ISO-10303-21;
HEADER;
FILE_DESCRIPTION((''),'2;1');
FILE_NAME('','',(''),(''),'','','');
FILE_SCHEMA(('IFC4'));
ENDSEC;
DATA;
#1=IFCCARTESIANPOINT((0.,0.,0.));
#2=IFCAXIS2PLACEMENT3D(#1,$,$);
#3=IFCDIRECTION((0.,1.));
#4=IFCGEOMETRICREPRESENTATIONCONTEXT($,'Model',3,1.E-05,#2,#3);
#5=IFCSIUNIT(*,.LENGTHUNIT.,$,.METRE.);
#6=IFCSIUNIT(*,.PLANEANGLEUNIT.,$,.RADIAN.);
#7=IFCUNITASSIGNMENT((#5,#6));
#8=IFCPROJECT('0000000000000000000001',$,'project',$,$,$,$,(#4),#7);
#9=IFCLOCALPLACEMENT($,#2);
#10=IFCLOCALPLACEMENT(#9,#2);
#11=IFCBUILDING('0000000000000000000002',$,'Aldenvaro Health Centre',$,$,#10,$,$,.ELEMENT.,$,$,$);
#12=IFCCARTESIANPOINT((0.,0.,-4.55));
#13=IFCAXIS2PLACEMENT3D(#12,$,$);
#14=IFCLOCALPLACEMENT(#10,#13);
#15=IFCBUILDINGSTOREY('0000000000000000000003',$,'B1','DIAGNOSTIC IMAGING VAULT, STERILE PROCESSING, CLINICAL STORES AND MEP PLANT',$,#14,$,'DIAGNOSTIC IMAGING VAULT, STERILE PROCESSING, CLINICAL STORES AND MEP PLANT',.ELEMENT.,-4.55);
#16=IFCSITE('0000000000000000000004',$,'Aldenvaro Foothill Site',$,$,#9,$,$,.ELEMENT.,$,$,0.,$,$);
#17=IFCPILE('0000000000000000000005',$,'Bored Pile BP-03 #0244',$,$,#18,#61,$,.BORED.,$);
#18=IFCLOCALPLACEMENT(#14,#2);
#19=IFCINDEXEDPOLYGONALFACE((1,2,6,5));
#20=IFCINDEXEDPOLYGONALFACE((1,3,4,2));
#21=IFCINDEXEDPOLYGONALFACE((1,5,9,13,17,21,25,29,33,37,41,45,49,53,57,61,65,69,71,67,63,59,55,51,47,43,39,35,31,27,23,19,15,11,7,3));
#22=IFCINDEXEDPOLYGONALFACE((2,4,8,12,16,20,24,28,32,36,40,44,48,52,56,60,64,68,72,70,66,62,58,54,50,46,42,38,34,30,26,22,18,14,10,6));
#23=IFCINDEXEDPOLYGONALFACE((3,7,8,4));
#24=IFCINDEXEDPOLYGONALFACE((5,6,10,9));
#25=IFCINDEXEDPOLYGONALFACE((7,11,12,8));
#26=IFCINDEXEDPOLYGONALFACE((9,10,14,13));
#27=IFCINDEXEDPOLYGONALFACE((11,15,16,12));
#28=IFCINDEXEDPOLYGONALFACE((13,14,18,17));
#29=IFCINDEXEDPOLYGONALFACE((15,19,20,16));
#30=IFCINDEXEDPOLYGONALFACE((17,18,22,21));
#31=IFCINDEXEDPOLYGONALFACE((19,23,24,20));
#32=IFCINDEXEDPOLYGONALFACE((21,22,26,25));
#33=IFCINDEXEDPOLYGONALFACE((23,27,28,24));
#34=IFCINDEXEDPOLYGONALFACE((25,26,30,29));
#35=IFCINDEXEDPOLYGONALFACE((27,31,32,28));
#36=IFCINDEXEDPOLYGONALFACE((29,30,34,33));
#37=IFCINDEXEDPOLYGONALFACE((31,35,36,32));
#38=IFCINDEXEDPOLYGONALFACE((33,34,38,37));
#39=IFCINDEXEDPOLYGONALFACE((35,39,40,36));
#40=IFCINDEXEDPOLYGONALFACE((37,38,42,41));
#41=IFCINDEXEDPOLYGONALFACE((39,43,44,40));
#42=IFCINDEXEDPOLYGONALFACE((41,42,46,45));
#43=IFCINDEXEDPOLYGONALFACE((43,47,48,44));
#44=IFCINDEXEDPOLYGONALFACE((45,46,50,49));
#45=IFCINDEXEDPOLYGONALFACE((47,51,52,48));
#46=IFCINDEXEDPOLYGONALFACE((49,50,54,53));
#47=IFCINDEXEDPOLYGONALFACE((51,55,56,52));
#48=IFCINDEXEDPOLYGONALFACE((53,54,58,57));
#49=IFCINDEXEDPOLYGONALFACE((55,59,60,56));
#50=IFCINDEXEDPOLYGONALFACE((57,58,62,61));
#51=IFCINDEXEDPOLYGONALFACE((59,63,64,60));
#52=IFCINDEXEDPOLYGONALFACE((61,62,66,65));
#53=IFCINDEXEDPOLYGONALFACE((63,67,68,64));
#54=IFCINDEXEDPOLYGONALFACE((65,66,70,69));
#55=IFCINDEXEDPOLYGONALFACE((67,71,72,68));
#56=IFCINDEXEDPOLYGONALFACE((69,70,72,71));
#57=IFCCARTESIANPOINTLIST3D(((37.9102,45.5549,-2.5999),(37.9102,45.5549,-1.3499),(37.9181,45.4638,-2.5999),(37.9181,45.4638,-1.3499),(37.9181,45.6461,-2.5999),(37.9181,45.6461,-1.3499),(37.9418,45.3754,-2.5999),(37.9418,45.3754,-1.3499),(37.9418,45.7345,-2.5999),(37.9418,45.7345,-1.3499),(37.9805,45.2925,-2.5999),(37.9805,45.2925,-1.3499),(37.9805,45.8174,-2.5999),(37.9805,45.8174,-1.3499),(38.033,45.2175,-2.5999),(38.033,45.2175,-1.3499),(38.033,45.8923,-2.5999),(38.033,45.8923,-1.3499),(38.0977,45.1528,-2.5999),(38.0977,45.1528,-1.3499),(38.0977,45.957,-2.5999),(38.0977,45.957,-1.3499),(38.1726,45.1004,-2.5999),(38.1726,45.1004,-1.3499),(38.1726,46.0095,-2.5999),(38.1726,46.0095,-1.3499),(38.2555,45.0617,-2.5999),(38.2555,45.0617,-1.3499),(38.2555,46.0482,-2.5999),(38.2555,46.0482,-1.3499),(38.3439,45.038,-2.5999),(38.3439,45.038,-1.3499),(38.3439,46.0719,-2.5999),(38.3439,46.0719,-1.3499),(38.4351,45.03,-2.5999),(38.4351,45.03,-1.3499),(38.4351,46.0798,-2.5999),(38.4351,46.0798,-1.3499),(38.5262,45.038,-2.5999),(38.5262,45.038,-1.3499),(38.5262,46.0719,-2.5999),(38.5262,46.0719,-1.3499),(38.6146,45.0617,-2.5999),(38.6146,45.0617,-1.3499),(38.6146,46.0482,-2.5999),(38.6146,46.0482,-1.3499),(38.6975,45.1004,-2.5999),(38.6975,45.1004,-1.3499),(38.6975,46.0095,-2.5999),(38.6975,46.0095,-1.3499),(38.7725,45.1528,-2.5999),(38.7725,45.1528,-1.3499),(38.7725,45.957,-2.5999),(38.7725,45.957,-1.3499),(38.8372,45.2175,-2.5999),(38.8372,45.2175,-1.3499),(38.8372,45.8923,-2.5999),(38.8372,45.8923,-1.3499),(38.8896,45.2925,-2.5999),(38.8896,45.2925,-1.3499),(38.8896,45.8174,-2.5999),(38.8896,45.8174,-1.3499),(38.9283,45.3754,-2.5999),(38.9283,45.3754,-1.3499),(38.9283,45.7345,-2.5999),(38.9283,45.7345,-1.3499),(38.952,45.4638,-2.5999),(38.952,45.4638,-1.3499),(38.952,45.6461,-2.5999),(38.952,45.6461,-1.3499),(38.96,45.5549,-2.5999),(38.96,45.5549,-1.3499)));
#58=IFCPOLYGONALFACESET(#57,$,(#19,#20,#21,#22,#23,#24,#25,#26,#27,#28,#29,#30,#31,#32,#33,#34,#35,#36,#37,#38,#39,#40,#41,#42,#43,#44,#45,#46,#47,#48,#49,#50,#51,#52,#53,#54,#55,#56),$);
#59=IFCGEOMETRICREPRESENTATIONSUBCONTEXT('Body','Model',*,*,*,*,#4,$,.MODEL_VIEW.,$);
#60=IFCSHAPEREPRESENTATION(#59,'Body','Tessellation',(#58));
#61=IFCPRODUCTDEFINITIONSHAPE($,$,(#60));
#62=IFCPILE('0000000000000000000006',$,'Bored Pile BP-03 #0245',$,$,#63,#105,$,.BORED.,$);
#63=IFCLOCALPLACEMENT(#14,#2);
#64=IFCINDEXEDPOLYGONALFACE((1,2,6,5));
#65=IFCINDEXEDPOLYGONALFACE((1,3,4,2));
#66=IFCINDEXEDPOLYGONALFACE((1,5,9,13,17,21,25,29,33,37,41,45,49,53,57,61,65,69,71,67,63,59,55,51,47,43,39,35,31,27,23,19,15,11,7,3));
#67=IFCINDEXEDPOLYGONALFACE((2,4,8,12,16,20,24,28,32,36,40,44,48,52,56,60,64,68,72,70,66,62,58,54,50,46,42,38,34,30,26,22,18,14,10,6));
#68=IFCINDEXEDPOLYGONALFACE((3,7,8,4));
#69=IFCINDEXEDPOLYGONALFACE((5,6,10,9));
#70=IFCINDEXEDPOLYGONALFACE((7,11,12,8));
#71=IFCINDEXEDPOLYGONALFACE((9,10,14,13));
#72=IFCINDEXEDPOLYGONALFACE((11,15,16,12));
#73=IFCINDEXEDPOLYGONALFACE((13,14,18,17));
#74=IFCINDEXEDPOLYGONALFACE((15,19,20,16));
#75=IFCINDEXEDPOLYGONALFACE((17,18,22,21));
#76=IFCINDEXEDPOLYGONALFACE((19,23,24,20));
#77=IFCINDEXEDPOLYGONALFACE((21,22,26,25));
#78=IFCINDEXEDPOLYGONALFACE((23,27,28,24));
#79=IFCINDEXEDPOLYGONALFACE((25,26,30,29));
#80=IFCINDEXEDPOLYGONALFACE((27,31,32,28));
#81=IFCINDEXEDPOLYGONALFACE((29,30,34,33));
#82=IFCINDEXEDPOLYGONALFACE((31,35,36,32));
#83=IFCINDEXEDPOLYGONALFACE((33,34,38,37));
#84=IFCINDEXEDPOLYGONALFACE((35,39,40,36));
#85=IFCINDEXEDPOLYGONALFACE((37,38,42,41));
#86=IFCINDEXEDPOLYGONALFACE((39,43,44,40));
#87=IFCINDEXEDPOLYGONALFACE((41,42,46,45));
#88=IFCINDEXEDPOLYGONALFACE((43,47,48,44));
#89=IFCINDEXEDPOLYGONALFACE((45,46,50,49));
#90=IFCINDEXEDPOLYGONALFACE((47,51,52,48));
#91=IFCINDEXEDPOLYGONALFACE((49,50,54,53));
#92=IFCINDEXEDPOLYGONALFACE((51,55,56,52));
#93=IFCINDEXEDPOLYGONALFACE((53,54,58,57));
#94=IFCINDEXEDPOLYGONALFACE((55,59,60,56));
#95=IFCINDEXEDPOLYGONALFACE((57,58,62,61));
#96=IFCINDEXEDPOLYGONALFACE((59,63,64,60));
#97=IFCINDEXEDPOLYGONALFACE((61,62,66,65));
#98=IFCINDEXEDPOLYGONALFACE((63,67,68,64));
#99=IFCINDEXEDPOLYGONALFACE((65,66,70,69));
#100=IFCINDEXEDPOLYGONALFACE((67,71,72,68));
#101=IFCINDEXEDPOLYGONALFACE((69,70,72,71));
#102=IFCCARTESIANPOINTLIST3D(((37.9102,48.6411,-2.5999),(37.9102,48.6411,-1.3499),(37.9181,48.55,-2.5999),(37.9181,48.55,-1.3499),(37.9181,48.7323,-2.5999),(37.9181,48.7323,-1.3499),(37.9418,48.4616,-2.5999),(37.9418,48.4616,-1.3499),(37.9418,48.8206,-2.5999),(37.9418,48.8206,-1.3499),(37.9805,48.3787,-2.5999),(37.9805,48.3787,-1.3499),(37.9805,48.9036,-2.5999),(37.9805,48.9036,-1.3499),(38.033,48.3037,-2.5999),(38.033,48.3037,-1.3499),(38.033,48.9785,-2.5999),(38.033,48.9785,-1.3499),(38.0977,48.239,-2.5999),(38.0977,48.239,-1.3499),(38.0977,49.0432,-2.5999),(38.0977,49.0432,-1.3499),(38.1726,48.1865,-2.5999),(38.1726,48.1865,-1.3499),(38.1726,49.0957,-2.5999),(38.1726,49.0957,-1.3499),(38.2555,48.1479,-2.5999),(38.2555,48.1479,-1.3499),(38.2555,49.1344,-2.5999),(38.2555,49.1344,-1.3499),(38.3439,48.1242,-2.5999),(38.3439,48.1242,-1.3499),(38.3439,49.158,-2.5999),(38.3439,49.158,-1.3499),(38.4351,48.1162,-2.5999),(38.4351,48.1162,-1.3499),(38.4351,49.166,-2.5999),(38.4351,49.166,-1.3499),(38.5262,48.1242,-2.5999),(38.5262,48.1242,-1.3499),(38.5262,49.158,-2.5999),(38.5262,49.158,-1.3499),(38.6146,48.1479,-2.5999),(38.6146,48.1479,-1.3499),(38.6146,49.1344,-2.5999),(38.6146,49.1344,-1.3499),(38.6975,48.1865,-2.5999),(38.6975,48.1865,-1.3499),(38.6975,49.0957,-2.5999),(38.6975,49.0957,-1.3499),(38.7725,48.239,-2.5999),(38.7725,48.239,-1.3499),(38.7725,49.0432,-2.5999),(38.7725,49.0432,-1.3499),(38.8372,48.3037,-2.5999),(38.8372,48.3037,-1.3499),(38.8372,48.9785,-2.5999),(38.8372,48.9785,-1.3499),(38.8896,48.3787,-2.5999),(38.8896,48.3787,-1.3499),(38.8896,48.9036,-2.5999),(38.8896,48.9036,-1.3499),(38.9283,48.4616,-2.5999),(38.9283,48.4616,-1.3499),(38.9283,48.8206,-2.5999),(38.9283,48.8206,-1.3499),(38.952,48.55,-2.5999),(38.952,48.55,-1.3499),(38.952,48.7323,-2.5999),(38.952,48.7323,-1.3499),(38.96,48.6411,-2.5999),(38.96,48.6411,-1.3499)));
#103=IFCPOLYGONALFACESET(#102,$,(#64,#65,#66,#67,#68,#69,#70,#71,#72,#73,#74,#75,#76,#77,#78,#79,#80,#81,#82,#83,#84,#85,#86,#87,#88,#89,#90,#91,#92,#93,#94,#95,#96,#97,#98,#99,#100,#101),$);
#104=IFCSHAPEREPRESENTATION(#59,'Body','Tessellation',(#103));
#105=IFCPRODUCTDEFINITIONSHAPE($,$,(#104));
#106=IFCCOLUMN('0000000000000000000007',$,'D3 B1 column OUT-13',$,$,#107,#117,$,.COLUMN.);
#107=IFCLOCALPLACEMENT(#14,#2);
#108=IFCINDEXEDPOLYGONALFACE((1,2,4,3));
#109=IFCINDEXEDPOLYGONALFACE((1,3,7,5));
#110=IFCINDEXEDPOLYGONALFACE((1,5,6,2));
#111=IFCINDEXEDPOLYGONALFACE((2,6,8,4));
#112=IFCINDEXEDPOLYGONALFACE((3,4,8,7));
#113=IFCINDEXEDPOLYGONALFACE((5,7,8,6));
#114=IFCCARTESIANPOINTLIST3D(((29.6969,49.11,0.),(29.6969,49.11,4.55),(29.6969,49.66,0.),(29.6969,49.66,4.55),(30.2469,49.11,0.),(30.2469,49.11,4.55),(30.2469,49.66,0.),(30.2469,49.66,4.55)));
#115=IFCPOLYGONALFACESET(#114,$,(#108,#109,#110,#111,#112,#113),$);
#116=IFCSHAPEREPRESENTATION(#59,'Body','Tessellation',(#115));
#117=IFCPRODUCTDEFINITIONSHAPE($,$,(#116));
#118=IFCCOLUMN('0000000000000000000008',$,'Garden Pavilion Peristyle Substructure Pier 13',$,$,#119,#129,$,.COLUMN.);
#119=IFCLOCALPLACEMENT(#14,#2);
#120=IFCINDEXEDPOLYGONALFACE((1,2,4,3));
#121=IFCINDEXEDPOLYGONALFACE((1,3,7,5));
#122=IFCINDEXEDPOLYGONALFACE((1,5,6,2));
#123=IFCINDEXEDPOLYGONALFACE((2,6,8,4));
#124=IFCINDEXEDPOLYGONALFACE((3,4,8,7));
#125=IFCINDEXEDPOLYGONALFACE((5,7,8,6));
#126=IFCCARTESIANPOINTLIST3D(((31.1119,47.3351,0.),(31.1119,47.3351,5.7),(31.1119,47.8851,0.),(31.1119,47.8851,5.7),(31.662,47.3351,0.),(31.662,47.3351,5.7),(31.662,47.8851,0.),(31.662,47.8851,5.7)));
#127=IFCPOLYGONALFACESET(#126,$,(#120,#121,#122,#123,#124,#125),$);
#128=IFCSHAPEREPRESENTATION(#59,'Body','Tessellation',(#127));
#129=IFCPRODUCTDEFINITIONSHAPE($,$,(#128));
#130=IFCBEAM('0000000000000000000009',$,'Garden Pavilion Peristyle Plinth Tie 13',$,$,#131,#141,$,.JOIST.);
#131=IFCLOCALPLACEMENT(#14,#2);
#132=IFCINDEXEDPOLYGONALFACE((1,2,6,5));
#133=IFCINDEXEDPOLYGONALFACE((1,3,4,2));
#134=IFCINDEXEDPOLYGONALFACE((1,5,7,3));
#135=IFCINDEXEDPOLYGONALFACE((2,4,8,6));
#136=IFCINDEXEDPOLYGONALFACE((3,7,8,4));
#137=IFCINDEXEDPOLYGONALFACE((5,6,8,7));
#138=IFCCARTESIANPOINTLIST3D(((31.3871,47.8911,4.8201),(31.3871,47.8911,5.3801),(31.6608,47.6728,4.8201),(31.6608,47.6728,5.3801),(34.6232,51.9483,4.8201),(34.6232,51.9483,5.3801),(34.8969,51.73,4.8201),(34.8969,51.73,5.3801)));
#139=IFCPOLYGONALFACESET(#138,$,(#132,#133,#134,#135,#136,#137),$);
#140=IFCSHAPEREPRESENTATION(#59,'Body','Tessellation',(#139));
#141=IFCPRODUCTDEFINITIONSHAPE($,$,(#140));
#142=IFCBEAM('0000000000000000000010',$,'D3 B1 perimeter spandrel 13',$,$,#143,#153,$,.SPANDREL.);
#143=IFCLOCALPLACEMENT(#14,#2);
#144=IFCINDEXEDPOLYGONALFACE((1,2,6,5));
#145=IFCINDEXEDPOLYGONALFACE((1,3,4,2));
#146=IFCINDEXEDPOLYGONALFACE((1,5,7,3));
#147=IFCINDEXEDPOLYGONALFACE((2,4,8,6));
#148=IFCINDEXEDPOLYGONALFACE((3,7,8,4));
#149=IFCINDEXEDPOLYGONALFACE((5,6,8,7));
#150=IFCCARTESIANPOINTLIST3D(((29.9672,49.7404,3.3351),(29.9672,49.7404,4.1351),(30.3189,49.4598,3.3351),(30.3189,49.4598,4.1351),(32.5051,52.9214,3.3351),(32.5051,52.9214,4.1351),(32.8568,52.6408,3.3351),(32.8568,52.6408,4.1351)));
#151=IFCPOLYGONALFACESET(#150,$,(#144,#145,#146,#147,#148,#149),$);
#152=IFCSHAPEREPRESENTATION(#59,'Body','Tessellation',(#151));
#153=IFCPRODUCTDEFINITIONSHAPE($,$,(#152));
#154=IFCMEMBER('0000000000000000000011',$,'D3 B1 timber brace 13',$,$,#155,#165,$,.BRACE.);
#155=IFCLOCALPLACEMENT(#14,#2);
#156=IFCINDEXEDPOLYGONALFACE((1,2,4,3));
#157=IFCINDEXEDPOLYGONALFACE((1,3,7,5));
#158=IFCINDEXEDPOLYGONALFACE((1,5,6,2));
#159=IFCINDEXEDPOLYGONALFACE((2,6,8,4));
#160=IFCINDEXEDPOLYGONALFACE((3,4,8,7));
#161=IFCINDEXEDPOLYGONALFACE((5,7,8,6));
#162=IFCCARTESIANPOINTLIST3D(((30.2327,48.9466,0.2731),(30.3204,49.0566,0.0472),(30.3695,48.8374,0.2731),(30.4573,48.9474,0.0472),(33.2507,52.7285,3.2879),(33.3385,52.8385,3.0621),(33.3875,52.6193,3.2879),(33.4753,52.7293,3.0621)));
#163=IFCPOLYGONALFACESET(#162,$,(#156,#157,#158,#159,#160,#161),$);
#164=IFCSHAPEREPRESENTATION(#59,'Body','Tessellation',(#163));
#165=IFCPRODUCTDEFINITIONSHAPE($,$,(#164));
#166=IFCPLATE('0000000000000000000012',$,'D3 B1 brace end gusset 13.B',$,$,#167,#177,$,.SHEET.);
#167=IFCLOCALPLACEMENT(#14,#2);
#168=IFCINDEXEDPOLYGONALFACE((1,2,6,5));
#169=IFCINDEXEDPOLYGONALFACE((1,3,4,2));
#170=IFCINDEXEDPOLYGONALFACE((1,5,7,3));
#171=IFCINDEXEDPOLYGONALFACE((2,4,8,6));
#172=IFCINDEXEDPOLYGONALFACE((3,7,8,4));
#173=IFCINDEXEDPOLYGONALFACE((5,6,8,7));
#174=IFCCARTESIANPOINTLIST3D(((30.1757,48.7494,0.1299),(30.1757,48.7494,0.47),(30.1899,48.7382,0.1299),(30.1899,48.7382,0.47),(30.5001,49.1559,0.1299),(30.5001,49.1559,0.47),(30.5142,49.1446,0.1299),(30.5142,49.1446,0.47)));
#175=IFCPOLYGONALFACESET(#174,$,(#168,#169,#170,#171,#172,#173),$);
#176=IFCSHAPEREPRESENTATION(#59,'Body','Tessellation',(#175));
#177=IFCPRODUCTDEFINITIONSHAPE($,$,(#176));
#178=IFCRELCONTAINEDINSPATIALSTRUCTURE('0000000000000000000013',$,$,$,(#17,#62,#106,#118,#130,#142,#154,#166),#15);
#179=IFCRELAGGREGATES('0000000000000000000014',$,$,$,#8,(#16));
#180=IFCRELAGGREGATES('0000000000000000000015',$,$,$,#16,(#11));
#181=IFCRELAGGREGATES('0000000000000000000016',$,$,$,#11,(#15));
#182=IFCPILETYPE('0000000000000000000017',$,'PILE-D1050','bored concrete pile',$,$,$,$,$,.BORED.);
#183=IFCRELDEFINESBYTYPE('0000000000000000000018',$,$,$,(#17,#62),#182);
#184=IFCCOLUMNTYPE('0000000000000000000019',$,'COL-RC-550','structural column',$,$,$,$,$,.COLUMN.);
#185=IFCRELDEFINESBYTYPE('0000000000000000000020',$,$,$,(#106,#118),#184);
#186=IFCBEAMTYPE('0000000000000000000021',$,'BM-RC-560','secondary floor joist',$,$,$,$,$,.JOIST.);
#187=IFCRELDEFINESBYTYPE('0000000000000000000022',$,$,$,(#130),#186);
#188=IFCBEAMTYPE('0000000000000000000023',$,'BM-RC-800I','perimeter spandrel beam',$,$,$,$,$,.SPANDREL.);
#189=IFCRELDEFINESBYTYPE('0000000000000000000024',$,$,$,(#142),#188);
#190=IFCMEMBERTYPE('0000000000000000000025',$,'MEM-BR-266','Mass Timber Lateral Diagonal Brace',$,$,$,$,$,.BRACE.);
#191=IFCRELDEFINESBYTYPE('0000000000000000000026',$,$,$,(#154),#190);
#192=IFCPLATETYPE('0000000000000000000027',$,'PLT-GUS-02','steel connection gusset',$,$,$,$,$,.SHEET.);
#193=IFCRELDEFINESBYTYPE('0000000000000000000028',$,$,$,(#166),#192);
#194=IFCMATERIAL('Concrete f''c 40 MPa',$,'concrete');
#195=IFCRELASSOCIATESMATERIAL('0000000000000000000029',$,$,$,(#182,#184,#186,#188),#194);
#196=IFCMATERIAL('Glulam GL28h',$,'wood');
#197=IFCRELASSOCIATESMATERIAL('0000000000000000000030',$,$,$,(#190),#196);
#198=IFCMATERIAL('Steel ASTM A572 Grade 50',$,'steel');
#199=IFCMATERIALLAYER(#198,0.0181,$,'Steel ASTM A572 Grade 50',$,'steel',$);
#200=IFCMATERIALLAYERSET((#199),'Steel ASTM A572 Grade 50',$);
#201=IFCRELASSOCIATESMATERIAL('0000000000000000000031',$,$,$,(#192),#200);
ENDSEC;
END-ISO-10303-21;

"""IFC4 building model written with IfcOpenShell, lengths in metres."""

from ifc_helpers import new_model, si_unit, direction, frame, origin, origin_2d, place, context, subcontext, project, spatial, rectangle, circle, extrude, material, layer, layer_set, material_profile, profile_set, type_object, element, save


model = new_model("IFC4")

# Units and contexts
model_context = context("Model", 3, precision=1e-05, world=origin(), true_north=direction((0.0, 1.0)))
body_context = subcontext(model_context, "Body", "Model", "MODEL_VIEW")
ifc_project = project(units=[si_unit("LENGTHUNIT", "METRE"), si_unit("PLANEANGLEUNIT", "RADIAN")], contexts=[model_context])

# Site, building, storey
site_placement = place(None, origin())
site = spatial("IfcSite", under=ifc_project, at=site_placement, Name="Aldenvaro Foothill Site", CompositionType="ELEMENT", RefElevation=0.0)
building_placement = place(site_placement, origin())
building = spatial("IfcBuilding", under=site, at=building_placement, Name="Aldenvaro Health Centre", CompositionType="ELEMENT")
storey_placement = place(building_placement, frame((0.0, 0.0, -4.55)))
storey = spatial("IfcBuildingStorey", under=building, at=storey_placement, Name="B1", Description="DIAGNOSTIC IMAGING VAULT, STERILE PROCESSING, CLINICAL STORES AND MEP PLANT", LongName="DIAGNOSTIC IMAGING VAULT, STERILE PROCESSING, CLINICAL STORES AND MEP PLANT", CompositionType="ELEMENT", Elevation=-4.55)

# Piles
ifc_material_1 = material(Name="Concrete f'c 40 MPa", Category="concrete")
ifc_material_profile_1 = material_profile(ifc_material_1, circle(Radius=0.5249, at=origin_2d()), Name="PILE D1050", Category="concrete")
ifc_profile_set_1 = profile_set([ifc_material_profile_1], Name="Concrete f'c 40 MPa")
pile_type = type_object("IfcPileType", Name="PILE-D1050", Description="bored concrete pile", PredefinedType="BORED", material=ifc_profile_set_1)
for number, where, z_axis, x_axis, name in (
    (1, (38.4351, 45.5549, -1.3499), (0.0, 0.0, -1.0), (1.0, 0.0, 0.0), "Bored Pile BP-03 #0244"),
    (2, (38.4351, 48.6411, -1.3499), (0.0, 0.0, -1.0), (1.0, 0.0, 0.0), "Bored Pile BP-03 #0245"),
):
    element("IfcPile", number, at=place(storey_placement, frame(where, z_axis=z_axis, x_axis=x_axis)), inside=storey, type_object=pile_type, Name=name, PredefinedType="BORED", context=body_context, shape_type="SweptSolid", body=[
        extrude(circle(Radius=0.5249, at=origin_2d()), origin(), (0.0, 0.0, 1.0), 1.25),
    ])

# Columns
ifc_material_profile_2 = material_profile(ifc_material_1, rectangle(XDim=0.55, YDim=0.55, at=origin_2d()), Name="RC 550x550", Category="concrete")
ifc_profile_set_2 = profile_set([ifc_material_profile_2], Name="Concrete f'c 40 MPa")
column_type = type_object("IfcColumnType", Name="COL-RC-550", Description="structural column", PredefinedType="COLUMN", material=ifc_profile_set_2)
column_1_placement = place(storey_placement, frame((29.9719, 49.385, 0.0), z_axis=(0.0, 0.0, 1.0), x_axis=(1.0, 0.0, 0.0)))
element("IfcColumn", 3, at=column_1_placement, inside=storey, type_object=column_type, Name="D3 B1 column OUT-13", PredefinedType="COLUMN", context=body_context, shape_type="SweptSolid", body=[
    extrude(rectangle(XDim=0.55, YDim=0.55, at=origin_2d()), origin(), (0.0, 0.0, 1.0), 4.55),
])
column_2_placement = place(storey_placement, frame((31.387, 47.6101, 0.0), z_axis=(0.0, 0.0, 1.0), x_axis=(1.0, 0.0, 0.0)))
element("IfcColumn", 4, at=column_2_placement, inside=storey, type_object=column_type, Name="Garden Pavilion Peristyle Substructure Pier 13", PredefinedType="COLUMN", context=body_context, shape_type="SweptSolid", body=[
    extrude(rectangle(XDim=0.55, YDim=0.55, at=origin_2d()), origin(), (0.0, 0.0, 1.0), 5.7),
])

# Beams
ifc_material_profile_3 = material_profile(ifc_material_1, rectangle(XDim=0.3501, YDim=0.5601, at=origin_2d()), Name="RC 350x560", Category="concrete")
ifc_profile_set_3 = profile_set([ifc_material_profile_3], Name="Concrete f'c 40 MPa")
beam_type_1 = type_object("IfcBeamType", Name="BM-RC-560", Description="secondary floor joist", PredefinedType="JOIST", material=ifc_profile_set_3)
beam_1_placement = place(storey_placement, frame((31.5239, 47.782, 5.1001), z_axis=(0.623564, 0.781772, 0.0), x_axis=(-0.781772, 0.623564, 0.0)))
element("IfcBeam", 5, at=beam_1_placement, inside=storey, type_object=beam_type_1, Name="Garden Pavilion Peristyle Plinth Tie 13", PredefinedType="JOIST", context=body_context, shape_type="SweptSolid", body=[
    extrude(rectangle(XDim=0.3501, YDim=0.5601, at=origin_2d()), origin(), (0.0, 0.0, 1.0), 5.1897),
])
ifc_material_profile_4 = material_profile(ifc_material_1, rectangle(XDim=0.45, YDim=0.8, at=origin_2d()), Name="RC 450x800", Category="concrete")
ifc_profile_set_4 = profile_set([ifc_material_profile_4], Name="Concrete f'c 40 MPa")
beam_type_2 = type_object("IfcBeamType", Name="BM-RC-800I", Description="perimeter spandrel beam", PredefinedType="SPANDREL", material=ifc_profile_set_4)
beam_2_placement = place(storey_placement, frame((30.1431, 49.6001, 3.7351), z_axis=(0.623663, 0.781693, 0.0), x_axis=(-0.781693, 0.623663, 0.0)))
element("IfcBeam", 6, at=beam_2_placement, inside=storey, type_object=beam_type_2, Name="D3 B1 perimeter spandrel 13", PredefinedType="SPANDREL", context=body_context, shape_type="SweptSolid", body=[
    extrude(rectangle(XDim=0.45, YDim=0.8, at=origin_2d()), origin(), (0.0, 0.0, 1.0), 4.0693),
])

# Member
ifc_material_2 = material(Name="Glulam GL28h", Category="wood")
ifc_material_profile_5 = material_profile(ifc_material_2, rectangle(XDim=0.175, YDim=0.2661, at=origin_2d()), Name="GL 175x266", Category="wood")
ifc_profile_set_5 = profile_set([ifc_material_profile_5], Name="Glulam GL28h")
member_type = type_object("IfcMemberType", Name="MEM-BR-266", Description="Mass Timber Lateral Diagonal Brace", PredefinedType="BRACE", material=ifc_profile_set_5)
member_placement = place(storey_placement, frame((30.345, 48.947, 0.1602), z_axis=(0.52939, 0.663386, 0.528833), x_axis=(-0.781626, 0.623747, 0.0)))
element("IfcMember", 7, at=member_placement, inside=storey, type_object=member_type, Name="D3 B1 timber brace 13", PredefinedType="BRACE", context=body_context, shape_type="SweptSolid", body=[
    extrude(rectangle(XDim=0.175, YDim=0.2661, at=origin_2d()), origin(), (0.0, 0.0, 1.0), 5.7009),
])

# Plate
ifc_material_3 = material(Name="Steel ASTM A572 Grade 50", Category="steel")
ifc_layer_1 = layer(ifc_material_3, 0.0181, Name="Steel ASTM A572 Grade 50", Category="steel")
ifc_layer_set_1 = layer_set([ifc_layer_1], Name="Steel ASTM A572 Grade 50")
plate_type = type_object("IfcPlateType", Name="PLT-GUS-02", Description="steel connection gusset", PredefinedType="SHEET", material=ifc_layer_set_1)
plate_placement = place(storey_placement, frame((30.345, 48.947, 0.1299), z_axis=(0.0, 0.0, 1.0), x_axis=(0.623743, 0.781629, 0.0)))
element("IfcPlate", 8, at=plate_placement, inside=storey, type_object=plate_type, Name="D3 B1 brace end gusset 13.B", PredefinedType="SHEET", context=body_context, shape_type="SweptSolid", body=[
    extrude(rectangle(XDim=0.52, YDim=0.0181, at=origin_2d()), origin(), (0.0, 0.0, 1.0), 0.3401),
])

save(model, "model.ifc")
